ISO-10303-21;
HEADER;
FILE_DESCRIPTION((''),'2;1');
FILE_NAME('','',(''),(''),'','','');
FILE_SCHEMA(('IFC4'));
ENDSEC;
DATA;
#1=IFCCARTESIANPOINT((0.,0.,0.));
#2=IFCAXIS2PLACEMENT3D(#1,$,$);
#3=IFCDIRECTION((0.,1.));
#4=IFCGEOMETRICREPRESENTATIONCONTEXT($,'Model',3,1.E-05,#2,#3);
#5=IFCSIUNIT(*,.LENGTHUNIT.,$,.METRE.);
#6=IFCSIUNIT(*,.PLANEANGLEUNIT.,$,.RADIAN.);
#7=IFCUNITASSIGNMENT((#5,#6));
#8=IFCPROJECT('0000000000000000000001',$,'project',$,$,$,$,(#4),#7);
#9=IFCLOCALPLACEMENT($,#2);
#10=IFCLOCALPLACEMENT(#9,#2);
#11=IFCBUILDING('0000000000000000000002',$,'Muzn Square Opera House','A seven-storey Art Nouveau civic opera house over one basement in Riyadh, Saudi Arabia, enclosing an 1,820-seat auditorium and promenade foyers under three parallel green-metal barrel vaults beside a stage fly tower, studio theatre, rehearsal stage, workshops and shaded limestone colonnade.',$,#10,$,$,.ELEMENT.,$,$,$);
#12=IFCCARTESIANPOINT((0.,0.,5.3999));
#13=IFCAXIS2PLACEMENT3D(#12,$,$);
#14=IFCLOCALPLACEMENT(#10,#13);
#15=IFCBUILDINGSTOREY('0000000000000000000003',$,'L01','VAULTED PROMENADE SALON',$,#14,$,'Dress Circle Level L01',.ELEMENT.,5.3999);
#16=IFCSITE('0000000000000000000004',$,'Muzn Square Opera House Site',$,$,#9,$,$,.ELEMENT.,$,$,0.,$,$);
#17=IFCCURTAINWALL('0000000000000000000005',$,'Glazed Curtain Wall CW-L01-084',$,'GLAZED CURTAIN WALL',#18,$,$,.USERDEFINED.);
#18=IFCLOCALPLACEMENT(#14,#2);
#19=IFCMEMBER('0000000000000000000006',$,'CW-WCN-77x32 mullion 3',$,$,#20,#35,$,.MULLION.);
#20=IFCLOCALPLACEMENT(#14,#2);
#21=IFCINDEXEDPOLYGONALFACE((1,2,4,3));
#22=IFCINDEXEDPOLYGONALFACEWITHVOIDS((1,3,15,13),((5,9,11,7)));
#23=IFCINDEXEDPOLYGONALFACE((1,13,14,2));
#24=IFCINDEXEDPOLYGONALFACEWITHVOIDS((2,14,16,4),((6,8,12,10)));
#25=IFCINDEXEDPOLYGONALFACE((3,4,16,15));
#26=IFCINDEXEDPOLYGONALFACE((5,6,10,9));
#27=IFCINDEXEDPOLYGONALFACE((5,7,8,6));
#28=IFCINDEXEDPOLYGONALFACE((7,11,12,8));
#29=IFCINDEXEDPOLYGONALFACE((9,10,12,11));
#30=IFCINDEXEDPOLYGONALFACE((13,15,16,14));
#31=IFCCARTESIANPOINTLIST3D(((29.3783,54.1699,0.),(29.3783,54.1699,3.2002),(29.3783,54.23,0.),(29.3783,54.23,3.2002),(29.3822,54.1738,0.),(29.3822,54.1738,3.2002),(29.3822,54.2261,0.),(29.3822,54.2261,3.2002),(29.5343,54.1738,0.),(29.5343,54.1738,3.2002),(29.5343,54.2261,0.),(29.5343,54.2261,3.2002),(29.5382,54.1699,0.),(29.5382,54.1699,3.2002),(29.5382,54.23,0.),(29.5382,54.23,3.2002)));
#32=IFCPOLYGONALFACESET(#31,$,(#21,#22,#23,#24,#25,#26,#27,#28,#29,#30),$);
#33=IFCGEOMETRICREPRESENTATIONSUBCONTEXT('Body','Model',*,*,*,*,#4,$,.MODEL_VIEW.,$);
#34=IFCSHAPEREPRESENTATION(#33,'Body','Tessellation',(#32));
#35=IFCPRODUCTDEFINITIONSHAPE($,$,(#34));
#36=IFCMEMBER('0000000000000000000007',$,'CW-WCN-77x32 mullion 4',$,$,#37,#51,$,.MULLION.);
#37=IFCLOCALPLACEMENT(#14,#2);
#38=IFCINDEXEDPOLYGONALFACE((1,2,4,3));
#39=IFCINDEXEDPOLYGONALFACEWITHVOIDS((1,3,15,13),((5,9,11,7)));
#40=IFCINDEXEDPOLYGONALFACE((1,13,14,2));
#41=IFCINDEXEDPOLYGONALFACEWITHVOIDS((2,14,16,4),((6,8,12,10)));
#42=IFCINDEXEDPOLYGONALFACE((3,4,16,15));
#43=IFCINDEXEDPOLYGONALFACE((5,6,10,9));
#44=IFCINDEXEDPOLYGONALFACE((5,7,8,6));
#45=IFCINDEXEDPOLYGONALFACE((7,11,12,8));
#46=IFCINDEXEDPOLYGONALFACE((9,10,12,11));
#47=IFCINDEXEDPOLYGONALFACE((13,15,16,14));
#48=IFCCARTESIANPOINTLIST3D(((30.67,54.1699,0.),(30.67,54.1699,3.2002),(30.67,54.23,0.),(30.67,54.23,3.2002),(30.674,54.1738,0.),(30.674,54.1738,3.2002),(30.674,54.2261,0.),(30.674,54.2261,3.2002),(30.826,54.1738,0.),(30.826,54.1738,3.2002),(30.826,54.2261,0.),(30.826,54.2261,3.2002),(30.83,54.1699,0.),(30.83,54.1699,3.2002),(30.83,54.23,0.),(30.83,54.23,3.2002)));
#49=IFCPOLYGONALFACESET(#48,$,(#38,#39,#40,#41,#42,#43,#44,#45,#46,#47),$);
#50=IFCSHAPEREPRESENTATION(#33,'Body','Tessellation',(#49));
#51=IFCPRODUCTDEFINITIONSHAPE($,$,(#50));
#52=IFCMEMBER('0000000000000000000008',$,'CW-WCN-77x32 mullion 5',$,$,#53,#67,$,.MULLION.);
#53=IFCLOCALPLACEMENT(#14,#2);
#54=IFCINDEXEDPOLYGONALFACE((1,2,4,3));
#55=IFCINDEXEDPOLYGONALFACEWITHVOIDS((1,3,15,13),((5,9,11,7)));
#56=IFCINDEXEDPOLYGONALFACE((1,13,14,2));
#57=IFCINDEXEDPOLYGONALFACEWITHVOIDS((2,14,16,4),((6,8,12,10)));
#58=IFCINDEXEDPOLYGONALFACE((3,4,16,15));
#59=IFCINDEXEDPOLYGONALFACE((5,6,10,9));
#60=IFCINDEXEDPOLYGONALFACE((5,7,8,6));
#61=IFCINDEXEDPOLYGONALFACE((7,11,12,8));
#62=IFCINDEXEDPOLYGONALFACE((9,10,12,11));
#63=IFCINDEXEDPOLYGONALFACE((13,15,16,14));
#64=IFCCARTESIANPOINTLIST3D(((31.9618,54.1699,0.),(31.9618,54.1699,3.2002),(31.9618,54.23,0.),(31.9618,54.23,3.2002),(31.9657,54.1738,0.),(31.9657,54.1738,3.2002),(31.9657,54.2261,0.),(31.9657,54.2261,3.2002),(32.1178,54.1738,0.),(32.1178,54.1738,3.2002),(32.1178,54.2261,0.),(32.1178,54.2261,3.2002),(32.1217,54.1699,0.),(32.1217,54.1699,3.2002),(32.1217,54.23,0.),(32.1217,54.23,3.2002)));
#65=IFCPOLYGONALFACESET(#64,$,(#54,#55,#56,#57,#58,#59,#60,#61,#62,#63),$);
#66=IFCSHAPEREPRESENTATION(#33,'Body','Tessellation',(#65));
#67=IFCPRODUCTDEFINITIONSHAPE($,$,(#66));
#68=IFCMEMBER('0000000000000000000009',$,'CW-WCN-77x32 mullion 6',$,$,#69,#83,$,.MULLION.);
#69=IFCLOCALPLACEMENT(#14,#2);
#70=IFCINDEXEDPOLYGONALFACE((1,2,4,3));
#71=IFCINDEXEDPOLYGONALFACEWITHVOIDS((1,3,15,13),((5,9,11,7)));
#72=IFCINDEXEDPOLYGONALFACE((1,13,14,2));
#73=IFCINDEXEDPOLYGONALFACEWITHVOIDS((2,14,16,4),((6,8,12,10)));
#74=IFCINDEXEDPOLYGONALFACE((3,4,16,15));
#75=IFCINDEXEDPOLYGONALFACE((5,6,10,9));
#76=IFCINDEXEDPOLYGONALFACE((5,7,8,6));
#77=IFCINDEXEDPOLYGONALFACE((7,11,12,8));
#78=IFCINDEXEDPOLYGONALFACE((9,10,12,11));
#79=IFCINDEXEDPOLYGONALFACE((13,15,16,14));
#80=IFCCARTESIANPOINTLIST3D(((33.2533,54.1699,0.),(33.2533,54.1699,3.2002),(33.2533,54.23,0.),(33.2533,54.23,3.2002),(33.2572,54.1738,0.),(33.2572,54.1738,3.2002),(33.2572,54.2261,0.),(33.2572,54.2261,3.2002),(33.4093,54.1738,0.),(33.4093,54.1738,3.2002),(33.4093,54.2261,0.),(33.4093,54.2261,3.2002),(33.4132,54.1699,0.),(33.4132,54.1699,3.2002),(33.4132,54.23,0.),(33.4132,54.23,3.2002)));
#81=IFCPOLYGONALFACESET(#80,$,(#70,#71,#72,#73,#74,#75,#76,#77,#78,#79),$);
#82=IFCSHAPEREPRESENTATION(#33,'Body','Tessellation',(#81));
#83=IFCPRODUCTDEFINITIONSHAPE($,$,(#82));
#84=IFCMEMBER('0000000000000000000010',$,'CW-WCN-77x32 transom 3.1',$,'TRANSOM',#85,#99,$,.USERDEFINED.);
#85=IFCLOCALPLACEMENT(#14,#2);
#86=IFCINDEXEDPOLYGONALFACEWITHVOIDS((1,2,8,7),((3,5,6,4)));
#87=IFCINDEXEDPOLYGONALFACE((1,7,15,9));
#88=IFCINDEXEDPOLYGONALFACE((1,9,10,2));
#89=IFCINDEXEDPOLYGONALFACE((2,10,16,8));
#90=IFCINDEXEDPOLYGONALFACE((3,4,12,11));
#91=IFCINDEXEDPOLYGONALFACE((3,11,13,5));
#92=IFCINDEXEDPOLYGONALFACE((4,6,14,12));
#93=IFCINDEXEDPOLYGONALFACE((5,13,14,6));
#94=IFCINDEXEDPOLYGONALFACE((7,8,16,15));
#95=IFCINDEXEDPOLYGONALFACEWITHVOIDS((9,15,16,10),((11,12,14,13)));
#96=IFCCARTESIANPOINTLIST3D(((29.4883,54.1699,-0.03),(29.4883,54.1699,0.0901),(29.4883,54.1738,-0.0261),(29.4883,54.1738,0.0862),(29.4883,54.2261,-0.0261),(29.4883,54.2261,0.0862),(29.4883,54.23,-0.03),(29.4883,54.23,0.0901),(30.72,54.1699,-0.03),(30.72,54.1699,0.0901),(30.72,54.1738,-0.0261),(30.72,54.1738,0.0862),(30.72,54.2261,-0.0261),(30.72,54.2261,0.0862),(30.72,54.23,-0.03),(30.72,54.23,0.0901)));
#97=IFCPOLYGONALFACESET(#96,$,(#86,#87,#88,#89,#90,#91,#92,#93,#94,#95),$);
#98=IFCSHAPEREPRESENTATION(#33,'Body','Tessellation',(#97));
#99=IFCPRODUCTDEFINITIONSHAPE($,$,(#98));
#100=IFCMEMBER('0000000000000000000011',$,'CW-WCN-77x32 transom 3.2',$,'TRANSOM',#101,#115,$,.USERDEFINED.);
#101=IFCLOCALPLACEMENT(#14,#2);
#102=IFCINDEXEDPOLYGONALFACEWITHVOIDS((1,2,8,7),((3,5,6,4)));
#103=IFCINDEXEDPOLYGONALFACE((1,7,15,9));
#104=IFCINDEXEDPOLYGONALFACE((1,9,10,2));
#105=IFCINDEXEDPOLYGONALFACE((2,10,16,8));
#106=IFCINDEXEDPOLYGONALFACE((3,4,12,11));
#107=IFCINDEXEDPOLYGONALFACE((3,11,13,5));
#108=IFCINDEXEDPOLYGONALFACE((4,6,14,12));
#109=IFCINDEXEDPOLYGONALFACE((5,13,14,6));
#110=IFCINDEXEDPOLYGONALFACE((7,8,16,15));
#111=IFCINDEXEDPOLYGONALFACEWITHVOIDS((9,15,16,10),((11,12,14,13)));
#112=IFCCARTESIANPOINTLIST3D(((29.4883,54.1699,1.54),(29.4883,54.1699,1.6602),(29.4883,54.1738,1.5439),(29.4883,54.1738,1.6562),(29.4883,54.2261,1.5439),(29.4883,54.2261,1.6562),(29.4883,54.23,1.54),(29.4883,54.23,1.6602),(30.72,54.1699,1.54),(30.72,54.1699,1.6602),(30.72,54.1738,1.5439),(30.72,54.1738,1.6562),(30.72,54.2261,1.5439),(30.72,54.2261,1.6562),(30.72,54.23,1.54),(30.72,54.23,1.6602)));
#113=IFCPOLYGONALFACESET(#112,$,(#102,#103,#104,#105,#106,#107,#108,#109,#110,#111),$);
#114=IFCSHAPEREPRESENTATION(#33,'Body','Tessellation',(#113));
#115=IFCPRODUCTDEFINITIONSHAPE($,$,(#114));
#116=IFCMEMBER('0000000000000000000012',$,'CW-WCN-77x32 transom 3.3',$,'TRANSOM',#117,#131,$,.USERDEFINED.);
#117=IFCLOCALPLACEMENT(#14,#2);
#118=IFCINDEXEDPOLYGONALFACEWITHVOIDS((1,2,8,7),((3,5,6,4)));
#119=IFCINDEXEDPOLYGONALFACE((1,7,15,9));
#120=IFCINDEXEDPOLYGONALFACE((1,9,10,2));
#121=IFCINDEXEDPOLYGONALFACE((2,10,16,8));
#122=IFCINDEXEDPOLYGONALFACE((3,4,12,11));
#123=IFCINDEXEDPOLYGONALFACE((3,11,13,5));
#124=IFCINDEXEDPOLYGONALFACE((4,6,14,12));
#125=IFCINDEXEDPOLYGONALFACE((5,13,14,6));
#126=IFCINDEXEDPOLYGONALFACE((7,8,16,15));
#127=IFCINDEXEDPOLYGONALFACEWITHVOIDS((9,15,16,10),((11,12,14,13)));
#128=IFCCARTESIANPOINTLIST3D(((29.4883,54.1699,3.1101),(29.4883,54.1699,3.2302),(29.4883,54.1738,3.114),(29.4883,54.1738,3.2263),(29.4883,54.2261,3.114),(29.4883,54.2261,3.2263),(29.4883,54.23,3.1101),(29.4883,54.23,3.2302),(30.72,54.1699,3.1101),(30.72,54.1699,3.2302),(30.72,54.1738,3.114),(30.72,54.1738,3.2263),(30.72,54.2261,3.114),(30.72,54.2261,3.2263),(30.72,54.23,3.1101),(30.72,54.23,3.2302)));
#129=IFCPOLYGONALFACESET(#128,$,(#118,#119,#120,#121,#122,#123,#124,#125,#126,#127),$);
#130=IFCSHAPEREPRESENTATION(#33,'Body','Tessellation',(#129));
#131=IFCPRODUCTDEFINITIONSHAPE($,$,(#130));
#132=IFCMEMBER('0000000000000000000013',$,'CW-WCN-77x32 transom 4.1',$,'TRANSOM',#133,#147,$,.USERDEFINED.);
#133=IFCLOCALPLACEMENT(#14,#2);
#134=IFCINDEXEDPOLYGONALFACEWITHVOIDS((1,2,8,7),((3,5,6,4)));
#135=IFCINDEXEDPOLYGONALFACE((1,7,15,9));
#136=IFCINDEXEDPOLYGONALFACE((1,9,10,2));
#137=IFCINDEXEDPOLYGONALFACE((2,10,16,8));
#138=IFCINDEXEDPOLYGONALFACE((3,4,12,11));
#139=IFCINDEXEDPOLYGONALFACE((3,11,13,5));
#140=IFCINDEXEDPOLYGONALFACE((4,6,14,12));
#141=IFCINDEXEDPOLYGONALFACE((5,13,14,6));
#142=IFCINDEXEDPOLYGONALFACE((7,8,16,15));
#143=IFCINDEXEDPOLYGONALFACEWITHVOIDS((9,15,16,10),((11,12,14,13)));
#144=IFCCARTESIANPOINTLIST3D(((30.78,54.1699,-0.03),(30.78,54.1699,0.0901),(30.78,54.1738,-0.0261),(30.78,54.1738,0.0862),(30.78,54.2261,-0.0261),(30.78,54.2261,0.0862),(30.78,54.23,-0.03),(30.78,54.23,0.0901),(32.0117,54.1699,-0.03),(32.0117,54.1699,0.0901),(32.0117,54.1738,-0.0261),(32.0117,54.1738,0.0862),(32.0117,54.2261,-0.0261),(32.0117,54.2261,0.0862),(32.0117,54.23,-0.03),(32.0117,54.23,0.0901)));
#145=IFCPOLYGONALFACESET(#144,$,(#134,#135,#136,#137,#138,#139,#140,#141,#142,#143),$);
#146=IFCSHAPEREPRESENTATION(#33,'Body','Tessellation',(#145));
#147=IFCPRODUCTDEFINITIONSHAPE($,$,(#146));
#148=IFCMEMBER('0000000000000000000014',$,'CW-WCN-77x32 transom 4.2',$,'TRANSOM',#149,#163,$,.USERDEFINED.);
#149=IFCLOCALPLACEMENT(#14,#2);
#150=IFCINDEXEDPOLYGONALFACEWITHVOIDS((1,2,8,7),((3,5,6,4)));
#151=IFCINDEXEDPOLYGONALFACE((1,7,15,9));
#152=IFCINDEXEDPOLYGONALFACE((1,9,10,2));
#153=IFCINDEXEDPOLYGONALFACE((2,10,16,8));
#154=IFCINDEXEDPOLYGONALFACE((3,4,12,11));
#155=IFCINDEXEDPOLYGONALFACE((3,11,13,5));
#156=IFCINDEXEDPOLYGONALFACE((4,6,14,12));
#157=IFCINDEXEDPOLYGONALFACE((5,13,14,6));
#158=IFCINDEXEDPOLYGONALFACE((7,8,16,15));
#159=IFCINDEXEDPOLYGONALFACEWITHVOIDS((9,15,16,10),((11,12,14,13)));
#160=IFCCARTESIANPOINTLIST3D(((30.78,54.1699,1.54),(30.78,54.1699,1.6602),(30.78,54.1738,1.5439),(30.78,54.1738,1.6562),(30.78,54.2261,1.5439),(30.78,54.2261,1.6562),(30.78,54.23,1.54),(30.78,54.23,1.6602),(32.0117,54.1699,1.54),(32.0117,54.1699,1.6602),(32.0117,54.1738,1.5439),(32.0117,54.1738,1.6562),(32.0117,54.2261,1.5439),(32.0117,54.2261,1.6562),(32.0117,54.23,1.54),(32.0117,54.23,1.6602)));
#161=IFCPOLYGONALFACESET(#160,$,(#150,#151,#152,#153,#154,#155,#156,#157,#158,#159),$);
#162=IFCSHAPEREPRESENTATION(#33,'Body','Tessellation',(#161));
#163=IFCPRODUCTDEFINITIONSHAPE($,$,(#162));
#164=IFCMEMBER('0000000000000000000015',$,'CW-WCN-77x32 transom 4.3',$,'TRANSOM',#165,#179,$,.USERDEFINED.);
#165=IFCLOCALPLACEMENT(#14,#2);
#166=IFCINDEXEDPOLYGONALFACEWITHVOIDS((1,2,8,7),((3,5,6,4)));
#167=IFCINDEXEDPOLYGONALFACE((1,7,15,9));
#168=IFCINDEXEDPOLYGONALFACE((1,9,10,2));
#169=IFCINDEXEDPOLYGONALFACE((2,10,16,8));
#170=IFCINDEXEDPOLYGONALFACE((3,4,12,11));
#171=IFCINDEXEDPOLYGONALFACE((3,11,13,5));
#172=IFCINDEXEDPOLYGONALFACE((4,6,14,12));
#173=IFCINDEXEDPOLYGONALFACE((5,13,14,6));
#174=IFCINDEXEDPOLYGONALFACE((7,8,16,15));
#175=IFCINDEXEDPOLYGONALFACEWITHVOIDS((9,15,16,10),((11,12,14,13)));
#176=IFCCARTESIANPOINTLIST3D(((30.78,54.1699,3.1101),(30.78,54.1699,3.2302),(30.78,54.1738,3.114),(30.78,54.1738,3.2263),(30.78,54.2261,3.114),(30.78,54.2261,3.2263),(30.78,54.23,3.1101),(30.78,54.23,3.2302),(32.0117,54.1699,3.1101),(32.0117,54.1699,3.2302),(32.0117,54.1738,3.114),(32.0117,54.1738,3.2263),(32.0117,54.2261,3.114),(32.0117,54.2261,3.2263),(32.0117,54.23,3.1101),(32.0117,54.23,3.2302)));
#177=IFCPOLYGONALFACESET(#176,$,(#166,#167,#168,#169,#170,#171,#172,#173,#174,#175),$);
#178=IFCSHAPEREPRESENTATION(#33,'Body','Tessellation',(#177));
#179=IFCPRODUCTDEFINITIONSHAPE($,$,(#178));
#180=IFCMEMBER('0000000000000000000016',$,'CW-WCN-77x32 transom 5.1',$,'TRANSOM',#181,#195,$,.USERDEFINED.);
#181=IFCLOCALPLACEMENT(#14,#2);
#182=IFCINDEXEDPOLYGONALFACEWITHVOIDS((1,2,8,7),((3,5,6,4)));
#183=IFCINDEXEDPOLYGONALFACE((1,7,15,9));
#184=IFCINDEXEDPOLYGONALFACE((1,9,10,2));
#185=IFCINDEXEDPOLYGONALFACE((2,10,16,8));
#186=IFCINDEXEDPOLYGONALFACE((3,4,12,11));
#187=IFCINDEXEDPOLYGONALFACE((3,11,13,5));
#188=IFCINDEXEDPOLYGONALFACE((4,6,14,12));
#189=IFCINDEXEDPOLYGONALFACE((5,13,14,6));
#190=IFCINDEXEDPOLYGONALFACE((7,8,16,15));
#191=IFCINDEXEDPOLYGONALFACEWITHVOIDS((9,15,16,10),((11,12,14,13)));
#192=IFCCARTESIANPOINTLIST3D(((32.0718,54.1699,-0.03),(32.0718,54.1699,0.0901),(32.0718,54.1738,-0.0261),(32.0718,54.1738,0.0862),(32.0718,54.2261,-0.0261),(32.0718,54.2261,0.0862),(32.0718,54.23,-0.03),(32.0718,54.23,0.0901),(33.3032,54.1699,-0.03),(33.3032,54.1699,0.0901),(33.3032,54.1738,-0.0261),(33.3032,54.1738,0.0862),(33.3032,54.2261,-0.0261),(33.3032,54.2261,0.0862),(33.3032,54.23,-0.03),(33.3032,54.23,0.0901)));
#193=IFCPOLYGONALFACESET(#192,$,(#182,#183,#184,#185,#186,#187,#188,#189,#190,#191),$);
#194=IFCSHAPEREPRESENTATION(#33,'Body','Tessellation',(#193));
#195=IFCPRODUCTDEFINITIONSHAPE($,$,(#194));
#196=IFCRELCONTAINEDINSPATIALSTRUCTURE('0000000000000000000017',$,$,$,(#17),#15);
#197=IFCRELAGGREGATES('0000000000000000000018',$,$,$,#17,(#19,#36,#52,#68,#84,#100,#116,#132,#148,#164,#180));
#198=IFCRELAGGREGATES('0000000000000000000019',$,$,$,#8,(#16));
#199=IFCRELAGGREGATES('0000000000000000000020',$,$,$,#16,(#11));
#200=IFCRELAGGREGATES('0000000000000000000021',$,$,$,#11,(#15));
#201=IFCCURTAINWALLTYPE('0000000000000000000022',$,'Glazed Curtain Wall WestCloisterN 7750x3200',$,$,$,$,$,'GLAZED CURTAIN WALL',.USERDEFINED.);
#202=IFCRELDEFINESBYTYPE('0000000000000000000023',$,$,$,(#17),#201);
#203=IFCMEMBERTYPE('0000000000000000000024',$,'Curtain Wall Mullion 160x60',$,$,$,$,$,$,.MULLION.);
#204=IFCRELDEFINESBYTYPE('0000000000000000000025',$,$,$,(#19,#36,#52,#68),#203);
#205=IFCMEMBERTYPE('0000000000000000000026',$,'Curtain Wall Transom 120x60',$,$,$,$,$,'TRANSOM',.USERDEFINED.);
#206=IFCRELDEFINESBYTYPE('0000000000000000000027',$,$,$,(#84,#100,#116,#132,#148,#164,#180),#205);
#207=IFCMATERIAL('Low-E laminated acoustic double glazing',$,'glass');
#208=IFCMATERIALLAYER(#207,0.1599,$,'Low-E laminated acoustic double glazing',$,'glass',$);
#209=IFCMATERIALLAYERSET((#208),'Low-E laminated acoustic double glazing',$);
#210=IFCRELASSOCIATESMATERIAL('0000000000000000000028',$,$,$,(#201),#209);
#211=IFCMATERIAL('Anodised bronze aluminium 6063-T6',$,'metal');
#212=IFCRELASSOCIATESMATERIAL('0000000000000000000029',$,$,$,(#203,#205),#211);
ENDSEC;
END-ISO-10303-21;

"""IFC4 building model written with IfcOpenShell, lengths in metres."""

from ifc_helpers import new_model, si_unit, direction, frame, origin, origin_2d, place, context, subcontext, project, spatial, hollow_rectangle, extrude, material, layer, layer_set, material_profile, profile_set, type_object, element, aggregate, save


model = new_model("IFC4")

# Units and contexts
model_context = context("Model", 3, precision=1e-05, world=origin(), true_north=direction((0.0, 1.0)))
body_context = subcontext(model_context, "Body", "Model", "MODEL_VIEW")
ifc_project = project(units=[si_unit("LENGTHUNIT", "METRE"), si_unit("PLANEANGLEUNIT", "RADIAN")], contexts=[model_context])

# Site, building, storey
site_placement = place(None, origin())
site = spatial("IfcSite", under=ifc_project, at=site_placement, Name="Muzn Square Opera House Site", CompositionType="ELEMENT", RefElevation=0.0)
building_placement = place(site_placement, origin())
building = spatial("IfcBuilding", under=site, at=building_placement, Name="Muzn Square Opera House", Description="A seven-storey Art Nouveau civic opera house over one basement in Riyadh, Saudi Arabia, enclosing an 1,820-seat auditorium and promenade foyers under three parallel green-metal barrel vaults beside a stage fly tower, studio theatre, rehearsal stage, workshops and shaded limestone colonnade.", CompositionType="ELEMENT")
storey_placement = place(building_placement, frame((0.0, 0.0, 5.3999)))
storey = spatial("IfcBuildingStorey", under=building, at=storey_placement, Name="L01", Description="VAULTED PROMENADE SALON", LongName="Dress Circle Level L01", CompositionType="ELEMENT", Elevation=5.3999)

# Curtain wall, members
ifc_material_1 = material(Name="Low-E laminated acoustic double glazing", Category="glass")
ifc_layer_1 = layer(ifc_material_1, 0.1599, Name="Low-E laminated acoustic double glazing", Category="glass")
ifc_layer_set_1 = layer_set([ifc_layer_1], Name="Low-E laminated acoustic double glazing")
curtain_wall_type = type_object("IfcCurtainWallType", Name="Glazed Curtain Wall WestCloisterN 7750x3200", ElementType="GLAZED CURTAIN WALL", PredefinedType="USERDEFINED", material=ifc_layer_set_1)
curtain_wall_placement = place(storey_placement, origin())
curtain_wall = element("IfcCurtainWall", 1, at=curtain_wall_placement, inside=storey, type_object=curtain_wall_type, Name="Glazed Curtain Wall CW-L01-084", ObjectType="GLAZED CURTAIN WALL", PredefinedType="USERDEFINED")
ifc_material_2 = material(Name="Anodised bronze aluminium 6063-T6", Category="metal")
ifc_material_profile_1 = material_profile(ifc_material_2, hollow_rectangle(XDim=0.0601, YDim=0.1599, WallThickness=0.0039, at=origin_2d()), Name="ALU 160x60x4", Category="metal")
ifc_profile_set_1 = profile_set([ifc_material_profile_1], Name="Anodised bronze aluminium 6063-T6")
member_type_1 = type_object("IfcMemberType", Name="Curtain Wall Mullion 160x60", PredefinedType="MULLION", material=ifc_profile_set_1)
member_1_placement = place(storey_placement, frame((29.4583, 54.2, 0.0), z_axis=(0.0, 0.0, 1.0), x_axis=(0.0, 1.0, 0.0)))
member_1 = element("IfcMember", 2, at=member_1_placement, type_object=member_type_1, Name="CW-WCN-77x32 mullion 3", PredefinedType="MULLION", context=body_context, shape_type="SweptSolid", body=[
    extrude(hollow_rectangle(XDim=0.0601, YDim=0.1599, WallThickness=0.0039, at=origin_2d()), origin(), (0.0, 0.0, 1.0), 3.2002),
])
member_2_placement = place(storey_placement, frame((30.75, 54.2, 0.0), z_axis=(0.0, 0.0, 1.0), x_axis=(0.0, 1.0, 0.0)))
member_2 = element("IfcMember", 3, at=member_2_placement, type_object=member_type_1, Name="CW-WCN-77x32 mullion 4", PredefinedType="MULLION", context=body_context, shape_type="SweptSolid", body=[
    extrude(hollow_rectangle(XDim=0.0601, YDim=0.1599, WallThickness=0.0039, at=origin_2d()), origin(), (0.0, 0.0, 1.0), 3.2002),
])
member_3_placement = place(storey_placement, frame((32.0417, 54.2, 0.0), z_axis=(0.0, 0.0, 1.0), x_axis=(0.0, 1.0, 0.0)))
member_3 = element("IfcMember", 4, at=member_3_placement, type_object=member_type_1, Name="CW-WCN-77x32 mullion 5", PredefinedType="MULLION", context=body_context, shape_type="SweptSolid", body=[
    extrude(hollow_rectangle(XDim=0.0601, YDim=0.1599, WallThickness=0.0039, at=origin_2d()), origin(), (0.0, 0.0, 1.0), 3.2002),
])
member_4_placement = place(storey_placement, frame((33.3333, 54.2, 0.0), z_axis=(0.0, 0.0, 1.0), x_axis=(0.0, 1.0, 0.0)))
member_4 = element("IfcMember", 5, at=member_4_placement, type_object=member_type_1, Name="CW-WCN-77x32 mullion 6", PredefinedType="MULLION", context=body_context, shape_type="SweptSolid", body=[
    extrude(hollow_rectangle(XDim=0.0601, YDim=0.1599, WallThickness=0.0039, at=origin_2d()), origin(), (0.0, 0.0, 1.0), 3.2002),
])
ifc_material_profile_2 = material_profile(ifc_material_2, hollow_rectangle(XDim=0.0601, YDim=0.1201, WallThickness=0.0039, at=origin_2d()), Name="ALU 120x60x4", Category="metal")
ifc_profile_set_2 = profile_set([ifc_material_profile_2], Name="Anodised bronze aluminium 6063-T6")
member_type_2 = type_object("IfcMemberType", Name="Curtain Wall Transom 120x60", ElementType="TRANSOM", PredefinedType="USERDEFINED", material=ifc_profile_set_2)
member_5_placement = place(storey_placement, frame((29.4883, 54.2, 0.03), z_axis=(1.0, 0.0, 0.0), x_axis=(0.0, 1.0, 0.0)))
member_5 = element("IfcMember", 6, at=member_5_placement, type_object=member_type_2, Name="CW-WCN-77x32 transom 3.1", ObjectType="TRANSOM", PredefinedType="USERDEFINED", context=body_context, shape_type="SweptSolid", body=[
    extrude(hollow_rectangle(XDim=0.0601, YDim=0.1201, WallThickness=0.0039, at=origin_2d()), origin(), (0.0, 0.0, 1.0), 1.2317),
])
member_6_placement = place(storey_placement, frame((29.4883, 54.2, 1.6001), z_axis=(1.0, 0.0, 0.0), x_axis=(0.0, 1.0, 0.0)))
member_6 = element("IfcMember", 7, at=member_6_placement, type_object=member_type_2, Name="CW-WCN-77x32 transom 3.2", ObjectType="TRANSOM", PredefinedType="USERDEFINED", context=body_context, shape_type="SweptSolid", body=[
    extrude(hollow_rectangle(XDim=0.0601, YDim=0.1201, WallThickness=0.0039, at=origin_2d()), origin(), (0.0, 0.0, 1.0), 1.2317),
])
member_7_placement = place(storey_placement, frame((29.4883, 54.2, 3.1702), z_axis=(1.0, 0.0, 0.0), x_axis=(0.0, 1.0, 0.0)))
member_7 = element("IfcMember", 8, at=member_7_placement, type_object=member_type_2, Name="CW-WCN-77x32 transom 3.3", ObjectType="TRANSOM", PredefinedType="USERDEFINED", context=body_context, shape_type="SweptSolid", body=[
    extrude(hollow_rectangle(XDim=0.0601, YDim=0.1201, WallThickness=0.0039, at=origin_2d()), origin(), (0.0, 0.0, 1.0), 1.2317),
])
member_8_placement = place(storey_placement, frame((30.78, 54.2, 0.03), z_axis=(1.0, 0.0, 0.0), x_axis=(0.0, 1.0, 0.0)))
member_8 = element("IfcMember", 9, at=member_8_placement, type_object=member_type_2, Name="CW-WCN-77x32 transom 4.1", ObjectType="TRANSOM", PredefinedType="USERDEFINED", context=body_context, shape_type="SweptSolid", body=[
    extrude(hollow_rectangle(XDim=0.0601, YDim=0.1201, WallThickness=0.0039, at=origin_2d()), origin(), (0.0, 0.0, 1.0), 1.2317),
])
member_9_placement = place(storey_placement, frame((30.78, 54.2, 1.6001), z_axis=(1.0, 0.0, 0.0), x_axis=(0.0, 1.0, 0.0)))
member_9 = element("IfcMember", 10, at=member_9_placement, type_object=member_type_2, Name="CW-WCN-77x32 transom 4.2", ObjectType="TRANSOM", PredefinedType="USERDEFINED", context=body_context, shape_type="SweptSolid", body=[
    extrude(hollow_rectangle(XDim=0.0601, YDim=0.1201, WallThickness=0.0039, at=origin_2d()), origin(), (0.0, 0.0, 1.0), 1.2317),
])
member_10_placement = place(storey_placement, frame((30.78, 54.2, 3.1702), z_axis=(1.0, 0.0, 0.0), x_axis=(0.0, 1.0, 0.0)))
member_10 = element("IfcMember", 11, at=member_10_placement, type_object=member_type_2, Name="CW-WCN-77x32 transom 4.3", ObjectType="TRANSOM", PredefinedType="USERDEFINED", context=body_context, shape_type="SweptSolid", body=[
    extrude(hollow_rectangle(XDim=0.0601, YDim=0.1201, WallThickness=0.0039, at=origin_2d()), origin(), (0.0, 0.0, 1.0), 1.2317),
])
member_11_placement = place(storey_placement, frame((32.0718, 54.2, 0.03), z_axis=(1.0, 0.0, 0.0), x_axis=(0.0, 1.0, 0.0)))
member_11 = element("IfcMember", 12, at=member_11_placement, type_object=member_type_2, Name="CW-WCN-77x32 transom 5.1", ObjectType="TRANSOM", PredefinedType="USERDEFINED", context=body_context, shape_type="SweptSolid", body=[
    extrude(hollow_rectangle(XDim=0.0601, YDim=0.1201, WallThickness=0.0039, at=origin_2d()), origin(), (0.0, 0.0, 1.0), 1.2314),
])
aggregate(curtain_wall, [member_1, member_2, member_3, member_4, member_5, member_6, member_7, member_8, member_9, member_10, member_11])

save(model, "model.ifc")
